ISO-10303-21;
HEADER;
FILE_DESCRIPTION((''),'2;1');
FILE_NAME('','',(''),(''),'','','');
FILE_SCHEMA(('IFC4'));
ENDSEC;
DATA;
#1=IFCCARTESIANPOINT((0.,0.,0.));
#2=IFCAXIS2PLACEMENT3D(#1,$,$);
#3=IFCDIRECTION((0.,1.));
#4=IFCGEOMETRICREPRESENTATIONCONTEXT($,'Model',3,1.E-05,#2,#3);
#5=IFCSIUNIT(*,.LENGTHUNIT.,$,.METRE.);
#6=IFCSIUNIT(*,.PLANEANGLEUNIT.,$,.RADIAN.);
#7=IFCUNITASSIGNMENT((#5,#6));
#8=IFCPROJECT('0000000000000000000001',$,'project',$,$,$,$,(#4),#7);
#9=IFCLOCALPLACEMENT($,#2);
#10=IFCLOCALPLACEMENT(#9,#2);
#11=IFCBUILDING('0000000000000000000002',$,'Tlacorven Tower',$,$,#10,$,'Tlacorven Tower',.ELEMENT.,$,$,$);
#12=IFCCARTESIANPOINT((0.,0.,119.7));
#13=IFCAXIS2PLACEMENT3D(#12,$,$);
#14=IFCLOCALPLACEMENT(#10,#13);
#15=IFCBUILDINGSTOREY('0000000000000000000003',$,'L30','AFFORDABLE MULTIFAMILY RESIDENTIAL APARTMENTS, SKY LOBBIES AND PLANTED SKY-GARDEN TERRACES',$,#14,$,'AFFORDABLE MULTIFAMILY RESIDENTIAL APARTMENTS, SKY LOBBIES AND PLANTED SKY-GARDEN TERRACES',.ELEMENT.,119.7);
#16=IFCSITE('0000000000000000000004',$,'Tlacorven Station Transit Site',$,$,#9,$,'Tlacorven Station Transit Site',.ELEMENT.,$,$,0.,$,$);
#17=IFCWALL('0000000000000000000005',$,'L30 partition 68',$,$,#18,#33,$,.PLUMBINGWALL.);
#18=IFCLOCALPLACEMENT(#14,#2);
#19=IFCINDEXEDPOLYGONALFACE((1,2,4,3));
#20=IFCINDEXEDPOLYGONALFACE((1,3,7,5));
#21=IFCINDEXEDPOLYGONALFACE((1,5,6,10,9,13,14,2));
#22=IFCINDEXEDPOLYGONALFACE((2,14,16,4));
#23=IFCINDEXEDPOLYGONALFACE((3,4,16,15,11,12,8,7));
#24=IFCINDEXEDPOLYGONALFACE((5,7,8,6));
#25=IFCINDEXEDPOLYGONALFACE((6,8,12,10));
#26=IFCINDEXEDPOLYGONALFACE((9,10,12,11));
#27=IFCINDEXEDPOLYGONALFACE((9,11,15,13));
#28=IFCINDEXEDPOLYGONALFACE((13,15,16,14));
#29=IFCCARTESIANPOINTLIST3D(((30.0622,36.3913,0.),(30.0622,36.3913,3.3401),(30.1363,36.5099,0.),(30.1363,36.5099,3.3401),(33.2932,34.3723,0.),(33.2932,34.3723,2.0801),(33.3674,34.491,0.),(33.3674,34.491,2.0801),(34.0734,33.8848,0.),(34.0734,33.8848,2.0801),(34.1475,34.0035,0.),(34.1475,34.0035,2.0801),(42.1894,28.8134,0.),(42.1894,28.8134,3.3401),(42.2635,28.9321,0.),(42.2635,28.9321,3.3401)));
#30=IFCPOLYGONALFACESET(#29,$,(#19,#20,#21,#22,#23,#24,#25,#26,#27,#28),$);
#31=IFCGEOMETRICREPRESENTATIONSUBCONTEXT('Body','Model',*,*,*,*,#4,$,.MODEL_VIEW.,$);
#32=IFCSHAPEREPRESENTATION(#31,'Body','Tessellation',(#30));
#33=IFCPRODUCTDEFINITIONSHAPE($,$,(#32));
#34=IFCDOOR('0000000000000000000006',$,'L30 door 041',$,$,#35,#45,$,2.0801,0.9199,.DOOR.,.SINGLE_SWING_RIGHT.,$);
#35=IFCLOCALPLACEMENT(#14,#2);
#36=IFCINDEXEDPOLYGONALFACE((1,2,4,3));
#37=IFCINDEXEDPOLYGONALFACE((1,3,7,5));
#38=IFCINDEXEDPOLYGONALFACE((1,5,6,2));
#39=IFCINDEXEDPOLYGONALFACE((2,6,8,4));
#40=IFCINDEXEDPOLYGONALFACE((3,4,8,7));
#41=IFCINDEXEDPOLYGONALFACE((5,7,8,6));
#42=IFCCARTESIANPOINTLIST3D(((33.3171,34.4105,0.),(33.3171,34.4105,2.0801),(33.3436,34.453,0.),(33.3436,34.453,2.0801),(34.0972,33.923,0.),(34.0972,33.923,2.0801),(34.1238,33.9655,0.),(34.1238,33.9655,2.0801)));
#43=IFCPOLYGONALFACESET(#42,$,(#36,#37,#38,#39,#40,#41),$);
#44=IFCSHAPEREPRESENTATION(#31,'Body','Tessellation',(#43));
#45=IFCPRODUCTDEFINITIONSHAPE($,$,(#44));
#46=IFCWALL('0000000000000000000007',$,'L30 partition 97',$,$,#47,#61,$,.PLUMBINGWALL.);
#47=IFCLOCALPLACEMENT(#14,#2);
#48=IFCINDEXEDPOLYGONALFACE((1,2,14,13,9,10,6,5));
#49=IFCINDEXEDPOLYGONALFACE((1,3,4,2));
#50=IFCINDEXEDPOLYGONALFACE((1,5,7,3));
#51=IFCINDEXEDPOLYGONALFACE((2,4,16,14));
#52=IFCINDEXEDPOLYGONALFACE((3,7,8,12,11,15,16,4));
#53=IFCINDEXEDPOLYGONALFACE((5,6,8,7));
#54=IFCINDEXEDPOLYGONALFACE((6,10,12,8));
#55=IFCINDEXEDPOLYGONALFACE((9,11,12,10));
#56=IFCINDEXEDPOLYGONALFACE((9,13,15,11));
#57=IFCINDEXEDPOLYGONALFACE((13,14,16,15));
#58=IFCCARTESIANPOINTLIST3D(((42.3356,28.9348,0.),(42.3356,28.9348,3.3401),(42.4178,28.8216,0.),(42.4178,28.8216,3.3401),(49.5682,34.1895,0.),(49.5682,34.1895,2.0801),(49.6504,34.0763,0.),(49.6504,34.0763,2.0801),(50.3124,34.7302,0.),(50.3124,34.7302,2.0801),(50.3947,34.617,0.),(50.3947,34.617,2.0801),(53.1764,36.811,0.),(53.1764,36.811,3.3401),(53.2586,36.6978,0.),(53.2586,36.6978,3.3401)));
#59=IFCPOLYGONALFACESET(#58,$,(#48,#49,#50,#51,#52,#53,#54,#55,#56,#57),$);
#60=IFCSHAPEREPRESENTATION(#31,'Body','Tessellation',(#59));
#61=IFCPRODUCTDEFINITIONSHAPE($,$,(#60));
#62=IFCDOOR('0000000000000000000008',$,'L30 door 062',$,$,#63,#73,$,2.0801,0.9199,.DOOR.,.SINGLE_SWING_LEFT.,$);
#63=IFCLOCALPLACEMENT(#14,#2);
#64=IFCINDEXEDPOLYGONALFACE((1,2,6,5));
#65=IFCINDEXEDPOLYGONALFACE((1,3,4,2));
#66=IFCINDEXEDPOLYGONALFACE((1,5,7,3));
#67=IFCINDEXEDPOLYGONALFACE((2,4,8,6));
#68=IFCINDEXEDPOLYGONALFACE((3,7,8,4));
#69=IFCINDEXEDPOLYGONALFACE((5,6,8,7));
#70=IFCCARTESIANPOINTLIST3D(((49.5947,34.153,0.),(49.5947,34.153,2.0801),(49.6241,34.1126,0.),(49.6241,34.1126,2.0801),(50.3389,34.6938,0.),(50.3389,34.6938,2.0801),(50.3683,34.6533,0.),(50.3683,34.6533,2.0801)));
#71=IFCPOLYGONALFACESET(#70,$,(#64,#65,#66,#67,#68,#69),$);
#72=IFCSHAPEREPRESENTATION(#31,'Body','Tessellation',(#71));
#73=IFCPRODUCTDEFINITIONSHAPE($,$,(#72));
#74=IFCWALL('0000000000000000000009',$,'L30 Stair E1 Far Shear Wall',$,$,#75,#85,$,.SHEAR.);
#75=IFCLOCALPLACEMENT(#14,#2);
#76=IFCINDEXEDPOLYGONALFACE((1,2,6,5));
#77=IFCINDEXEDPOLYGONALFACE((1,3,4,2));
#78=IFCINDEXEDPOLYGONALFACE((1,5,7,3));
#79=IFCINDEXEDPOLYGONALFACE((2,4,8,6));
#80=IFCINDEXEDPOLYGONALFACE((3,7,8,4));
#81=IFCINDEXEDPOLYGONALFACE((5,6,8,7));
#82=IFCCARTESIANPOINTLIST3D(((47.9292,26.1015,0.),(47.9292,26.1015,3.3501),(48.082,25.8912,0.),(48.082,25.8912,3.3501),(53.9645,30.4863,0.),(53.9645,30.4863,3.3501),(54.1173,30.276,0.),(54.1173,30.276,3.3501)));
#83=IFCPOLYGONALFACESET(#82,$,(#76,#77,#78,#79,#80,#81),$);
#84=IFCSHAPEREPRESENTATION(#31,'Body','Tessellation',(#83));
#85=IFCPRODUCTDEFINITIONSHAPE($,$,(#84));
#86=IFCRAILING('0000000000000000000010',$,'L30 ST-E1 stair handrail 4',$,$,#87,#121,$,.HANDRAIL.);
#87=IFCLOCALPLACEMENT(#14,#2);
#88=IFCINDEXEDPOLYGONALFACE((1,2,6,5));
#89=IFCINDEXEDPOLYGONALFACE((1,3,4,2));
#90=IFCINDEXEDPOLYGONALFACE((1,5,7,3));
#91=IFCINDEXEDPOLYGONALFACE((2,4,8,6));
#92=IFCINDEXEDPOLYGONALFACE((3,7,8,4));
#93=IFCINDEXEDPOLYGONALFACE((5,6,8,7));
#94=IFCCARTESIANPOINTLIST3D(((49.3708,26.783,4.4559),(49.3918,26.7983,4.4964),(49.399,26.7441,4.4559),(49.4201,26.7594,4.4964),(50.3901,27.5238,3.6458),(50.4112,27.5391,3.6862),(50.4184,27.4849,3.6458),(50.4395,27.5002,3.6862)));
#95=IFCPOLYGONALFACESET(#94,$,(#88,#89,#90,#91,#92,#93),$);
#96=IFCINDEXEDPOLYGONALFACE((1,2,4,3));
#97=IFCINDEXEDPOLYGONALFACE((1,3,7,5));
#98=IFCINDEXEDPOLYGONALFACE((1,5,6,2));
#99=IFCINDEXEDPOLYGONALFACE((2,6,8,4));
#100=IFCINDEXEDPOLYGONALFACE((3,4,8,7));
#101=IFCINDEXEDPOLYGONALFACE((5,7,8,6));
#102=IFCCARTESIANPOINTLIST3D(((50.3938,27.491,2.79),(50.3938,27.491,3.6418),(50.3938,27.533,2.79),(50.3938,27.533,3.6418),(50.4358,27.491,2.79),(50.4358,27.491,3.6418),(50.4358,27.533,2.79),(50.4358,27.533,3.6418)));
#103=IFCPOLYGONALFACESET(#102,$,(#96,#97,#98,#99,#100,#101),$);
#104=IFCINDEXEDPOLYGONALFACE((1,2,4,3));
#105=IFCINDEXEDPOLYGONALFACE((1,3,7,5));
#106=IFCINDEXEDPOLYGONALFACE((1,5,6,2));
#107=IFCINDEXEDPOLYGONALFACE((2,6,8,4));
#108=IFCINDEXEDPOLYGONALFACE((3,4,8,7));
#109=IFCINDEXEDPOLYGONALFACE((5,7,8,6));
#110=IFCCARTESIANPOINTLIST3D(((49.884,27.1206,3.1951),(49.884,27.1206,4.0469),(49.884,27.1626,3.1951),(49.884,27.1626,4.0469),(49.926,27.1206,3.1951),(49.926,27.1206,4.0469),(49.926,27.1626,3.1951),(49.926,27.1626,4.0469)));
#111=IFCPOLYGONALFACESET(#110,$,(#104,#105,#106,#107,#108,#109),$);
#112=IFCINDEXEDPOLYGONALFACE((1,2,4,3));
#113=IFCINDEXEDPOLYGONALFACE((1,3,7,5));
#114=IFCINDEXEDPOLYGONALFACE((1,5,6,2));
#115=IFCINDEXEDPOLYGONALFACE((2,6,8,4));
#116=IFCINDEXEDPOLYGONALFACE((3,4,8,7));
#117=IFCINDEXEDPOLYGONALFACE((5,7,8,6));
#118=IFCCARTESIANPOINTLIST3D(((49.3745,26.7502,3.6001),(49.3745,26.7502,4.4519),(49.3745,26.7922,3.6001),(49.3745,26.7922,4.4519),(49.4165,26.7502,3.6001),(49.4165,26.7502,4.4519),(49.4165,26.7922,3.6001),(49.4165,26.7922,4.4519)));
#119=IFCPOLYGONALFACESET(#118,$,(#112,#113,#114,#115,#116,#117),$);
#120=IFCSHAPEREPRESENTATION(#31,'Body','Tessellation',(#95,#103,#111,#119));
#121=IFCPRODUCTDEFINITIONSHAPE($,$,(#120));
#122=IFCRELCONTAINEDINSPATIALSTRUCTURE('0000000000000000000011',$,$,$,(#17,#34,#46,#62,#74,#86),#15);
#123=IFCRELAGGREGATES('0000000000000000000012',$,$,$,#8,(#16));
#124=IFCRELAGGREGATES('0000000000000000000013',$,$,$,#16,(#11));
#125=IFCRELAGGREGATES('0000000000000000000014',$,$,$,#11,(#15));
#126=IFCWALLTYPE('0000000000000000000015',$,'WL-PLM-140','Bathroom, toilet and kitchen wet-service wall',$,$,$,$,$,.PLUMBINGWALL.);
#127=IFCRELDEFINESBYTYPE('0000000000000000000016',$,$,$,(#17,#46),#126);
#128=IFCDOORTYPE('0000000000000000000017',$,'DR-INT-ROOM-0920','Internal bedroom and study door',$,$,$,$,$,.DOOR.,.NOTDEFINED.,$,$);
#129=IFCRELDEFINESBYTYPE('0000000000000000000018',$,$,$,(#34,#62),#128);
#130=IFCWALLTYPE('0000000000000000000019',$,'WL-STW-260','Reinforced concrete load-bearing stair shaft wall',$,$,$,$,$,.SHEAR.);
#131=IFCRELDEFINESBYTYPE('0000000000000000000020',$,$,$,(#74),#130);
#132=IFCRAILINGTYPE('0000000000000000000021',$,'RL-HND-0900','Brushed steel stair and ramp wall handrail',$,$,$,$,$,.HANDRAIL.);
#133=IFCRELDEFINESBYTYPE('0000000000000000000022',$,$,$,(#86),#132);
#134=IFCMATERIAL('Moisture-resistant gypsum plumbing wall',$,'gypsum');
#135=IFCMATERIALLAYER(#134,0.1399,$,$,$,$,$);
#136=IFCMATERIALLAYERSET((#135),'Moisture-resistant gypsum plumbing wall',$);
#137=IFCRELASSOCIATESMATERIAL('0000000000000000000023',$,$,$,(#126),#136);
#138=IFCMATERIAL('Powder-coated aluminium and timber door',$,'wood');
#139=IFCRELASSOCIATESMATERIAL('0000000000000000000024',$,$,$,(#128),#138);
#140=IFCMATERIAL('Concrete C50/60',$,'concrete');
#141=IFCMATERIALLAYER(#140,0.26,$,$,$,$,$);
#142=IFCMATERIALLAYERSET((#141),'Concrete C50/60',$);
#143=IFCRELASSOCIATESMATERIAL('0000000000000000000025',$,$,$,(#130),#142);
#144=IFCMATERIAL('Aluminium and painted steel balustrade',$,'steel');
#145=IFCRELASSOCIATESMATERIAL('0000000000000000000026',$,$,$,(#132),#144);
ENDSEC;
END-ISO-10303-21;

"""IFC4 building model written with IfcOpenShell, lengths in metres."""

from ifc_helpers import new_model, si_unit, direction, frame, frame_2d, origin, origin_2d, place, context, subcontext, project, spatial, rectangle, extrude, source, transform, mapped, material, layer, layer_set, type_object, element, fill, save


model = new_model("IFC4")

# Units and contexts
model_context = context("Model", 3, precision=1e-05, world=origin(), true_north=direction((0.0, 1.0)))
body_context = subcontext(model_context, "Body", "Model", "MODEL_VIEW")
ifc_project = project(units=[si_unit("LENGTHUNIT", "METRE"), si_unit("PLANEANGLEUNIT", "RADIAN")], contexts=[model_context])

# Site, building, storey
site_placement = place(None, origin())
site = spatial("IfcSite", under=ifc_project, at=site_placement, Name="Tlacorven Station Transit Site", LongName="Tlacorven Station Transit Site", CompositionType="ELEMENT", RefElevation=0.0)
building_placement = place(site_placement, origin())
building = spatial("IfcBuilding", under=site, at=building_placement, Name="Tlacorven Tower", LongName="Tlacorven Tower", CompositionType="ELEMENT")
storey_placement = place(building_placement, frame((0.0, 0.0, 119.7)))
storey = spatial("IfcBuildingStorey", under=building, at=storey_placement, Name="L30", Description="AFFORDABLE MULTIFAMILY RESIDENTIAL APARTMENTS, SKY LOBBIES AND PLANTED SKY-GARDEN TERRACES", LongName="AFFORDABLE MULTIFAMILY RESIDENTIAL APARTMENTS, SKY LOBBIES AND PLANTED SKY-GARDEN TERRACES", CompositionType="ELEMENT", Elevation=119.7)

# Walls, openings, doors
ifc_material_1 = material(Name="Moisture-resistant gypsum plumbing wall", Category="gypsum")
ifc_layer_1 = layer(ifc_material_1, 0.1399)
ifc_layer_set_1 = layer_set([ifc_layer_1], Name="Moisture-resistant gypsum plumbing wall")
wall_type_1 = type_object("IfcWallType", Name="WL-PLM-140", Description="Bathroom, toilet and kitchen wet-service wall", PredefinedType="PLUMBINGWALL", material=ifc_layer_set_1)
wall_1_placement = place(storey_placement, frame((42.2263, 28.8728, 0.0), z_axis=(0.0, 0.0, 1.0), x_axis=(-0.848049, 0.529918, 0.0)))
wall_1 = element("IfcWall", 1, at=wall_1_placement, inside=storey, type_object=wall_type_1, Name="L30 partition 68", PredefinedType="PLUMBINGWALL", context=body_context, shape_type="SweptSolid", body=[
    extrude(rectangle(XDim=14.3, YDim=0.1399, at=frame_2d((7.1499, 0.0))), origin(), (0.0, 0.0, 1.0), 3.3401),
])
opening_1_placement = place(wall_1_placement, frame((9.5701, 0.0, 0.0)))
opening_1 = element("IfcOpeningElement", 2, at=opening_1_placement, cuts=wall_1, PredefinedType="OPENING", context=body_context, shape_type="SweptSolid", body=[
    extrude(rectangle(XDim=0.9199, YDim=2.0801, at=frame_2d((0.46, 1.04))), frame((0.0, 0.0801, 0.0), z_axis=(0.0, -1.0, 0.0), x_axis=(1.0, 0.0, 0.0)), (0.0, 0.0, 1.0), 0.1599),
])
ifc_material_2 = material(Name="Powder-coated aluminium and timber door", Category="wood")
door_type_1 = type_object("IfcDoorType", Name="DR-INT-ROOM-0920", Description="Internal bedroom and study door", OperationType="NOTDEFINED", PredefinedType="DOOR", material=ifc_material_2)
shared_shape_1 = source(origin(), body_context, "Body", "SweptSolid", [
    extrude(rectangle(XDim=0.9199, YDim=2.0801, at=frame_2d((0.46, 1.04))), frame((0.0, 0.0249, 0.0), z_axis=(0.0, -1.0, 0.0), x_axis=(1.0, 0.0, 0.0)), (0.0, 0.0, 1.0), 0.05),
])
door_1_placement = place(opening_1_placement, origin())
door_1 = element("IfcDoor", 3, at=door_1_placement, inside=storey, type_object=door_type_1, Name="L30 door 041", OperationType="SINGLE_SWING_RIGHT", OverallHeight=2.0801, OverallWidth=0.9199, PredefinedType="DOOR", context=body_context, shape_type="MappedRepresentation", body=[
    mapped(shared_shape_1, transform((0.0, 0.0, 0.0), scale=1.0)),
])
fill(opening_1, door_1)
wall_2_placement = place(storey_placement, frame((42.3767, 28.8782, 0.0), z_axis=(0.0, 0.0, 1.0), x_axis=(0.80902, 0.587781, 0.0)))
wall_2 = element("IfcWall", 4, at=wall_2_placement, inside=storey, type_object=wall_type_1, Name="L30 partition 97", PredefinedType="PLUMBINGWALL", context=body_context, shape_type="SweptSolid", body=[
    extrude(rectangle(XDim=13.3999, YDim=0.1399, at=frame_2d((6.7, 0.0))), origin(), (0.0, 0.0, 1.0), 3.3401),
])
opening_2_placement = place(wall_2_placement, frame((8.9399, 0.0, 0.0)))
opening_2 = element("IfcOpeningElement", 5, at=opening_2_placement, cuts=wall_2, PredefinedType="OPENING", context=body_context, shape_type="SweptSolid", body=[
    extrude(rectangle(XDim=0.9199, YDim=2.0801, at=frame_2d((0.46, 1.04))), frame((0.0, 0.0801, 0.0), z_axis=(0.0, -1.0, 0.0), x_axis=(1.0, 0.0, 0.0)), (0.0, 0.0, 1.0), 0.1599),
])
door_2_placement = place(opening_2_placement, origin())
door_2 = element("IfcDoor", 6, at=door_2_placement, inside=storey, type_object=door_type_1, Name="L30 door 062", OperationType="SINGLE_SWING_LEFT", OverallHeight=2.0801, OverallWidth=0.9199, PredefinedType="DOOR", context=body_context, shape_type="MappedRepresentation", body=[
    mapped(shared_shape_1, transform((0.0, 0.0, 0.0), scale=1.0)),
])
fill(opening_2, door_2)

# Wall
ifc_material_3 = material(Name="Concrete C50/60", Category="concrete")
ifc_layer_2 = layer(ifc_material_3, 0.26)
ifc_layer_set_2 = layer_set([ifc_layer_2], Name="Concrete C50/60")
wall_type_2 = type_object("IfcWallType", Name="WL-STW-260", Description="Reinforced concrete load-bearing stair shaft wall", PredefinedType="SHEAR", material=ifc_layer_set_2)
wall_3_placement = place(storey_placement, frame((48.0056, 25.9963, 0.0), z_axis=(0.0, 0.0, 1.0), x_axis=(0.809019, 0.587782, 0.0)))
element("IfcWall", 7, at=wall_3_placement, inside=storey, type_object=wall_type_2, Name="L30 Stair E1 Far Shear Wall", PredefinedType="SHEAR", context=body_context, shape_type="SweptSolid", body=[
    extrude(rectangle(XDim=7.46, YDim=0.26, at=frame_2d((3.73, 0.0))), origin(), (0.0, 0.0, 1.0), 3.3501),
])

# Railing
ifc_material_4 = material(Name="Aluminium and painted steel balustrade", Category="steel")
railing_type = type_object("IfcRailingType", Name="RL-HND-0900", Description="Brushed steel stair and ramp wall handrail", PredefinedType="HANDRAIL", material=ifc_material_4)
shared_shape_2 = source(origin(), body_context, "Body", "SweptSolid", [
    extrude(rectangle(XDim=0.0481, YDim=0.0481, at=origin_2d()), frame((0.0, 0.0, 0.876), z_axis=(-0.680461, -0.494496, 0.540783), x_axis=(0.587872, -0.808954, 0.0)), (0.0, 0.0, 1.0), 1.498),
    extrude(rectangle(XDim=0.042, YDim=0.042, at=origin_2d()), origin(), (0.0, 0.0, 1.0), 0.8518),
    extrude(rectangle(XDim=0.042, YDim=0.042, at=origin_2d()), frame((-0.5098, -0.3704, 0.405)), (0.0, 0.0, 1.0), 0.8518),
    extrude(rectangle(XDim=0.042, YDim=0.042, at=origin_2d()), frame((-1.0193, -0.7407, 0.8101)), (0.0, 0.0, 1.0), 0.8518),
])
railing_placement = place(storey_placement, frame((50.4148, 27.512, 2.79)))
element("IfcRailing", 8, at=railing_placement, inside=storey, type_object=railing_type, Name="L30 ST-E1 stair handrail 4", PredefinedType="HANDRAIL", context=body_context, shape_type="MappedRepresentation", body=[
    mapped(shared_shape_2, transform((0.0, 0.0, 0.0), scale=1.0)),
])

save(model, "model.ifc")
